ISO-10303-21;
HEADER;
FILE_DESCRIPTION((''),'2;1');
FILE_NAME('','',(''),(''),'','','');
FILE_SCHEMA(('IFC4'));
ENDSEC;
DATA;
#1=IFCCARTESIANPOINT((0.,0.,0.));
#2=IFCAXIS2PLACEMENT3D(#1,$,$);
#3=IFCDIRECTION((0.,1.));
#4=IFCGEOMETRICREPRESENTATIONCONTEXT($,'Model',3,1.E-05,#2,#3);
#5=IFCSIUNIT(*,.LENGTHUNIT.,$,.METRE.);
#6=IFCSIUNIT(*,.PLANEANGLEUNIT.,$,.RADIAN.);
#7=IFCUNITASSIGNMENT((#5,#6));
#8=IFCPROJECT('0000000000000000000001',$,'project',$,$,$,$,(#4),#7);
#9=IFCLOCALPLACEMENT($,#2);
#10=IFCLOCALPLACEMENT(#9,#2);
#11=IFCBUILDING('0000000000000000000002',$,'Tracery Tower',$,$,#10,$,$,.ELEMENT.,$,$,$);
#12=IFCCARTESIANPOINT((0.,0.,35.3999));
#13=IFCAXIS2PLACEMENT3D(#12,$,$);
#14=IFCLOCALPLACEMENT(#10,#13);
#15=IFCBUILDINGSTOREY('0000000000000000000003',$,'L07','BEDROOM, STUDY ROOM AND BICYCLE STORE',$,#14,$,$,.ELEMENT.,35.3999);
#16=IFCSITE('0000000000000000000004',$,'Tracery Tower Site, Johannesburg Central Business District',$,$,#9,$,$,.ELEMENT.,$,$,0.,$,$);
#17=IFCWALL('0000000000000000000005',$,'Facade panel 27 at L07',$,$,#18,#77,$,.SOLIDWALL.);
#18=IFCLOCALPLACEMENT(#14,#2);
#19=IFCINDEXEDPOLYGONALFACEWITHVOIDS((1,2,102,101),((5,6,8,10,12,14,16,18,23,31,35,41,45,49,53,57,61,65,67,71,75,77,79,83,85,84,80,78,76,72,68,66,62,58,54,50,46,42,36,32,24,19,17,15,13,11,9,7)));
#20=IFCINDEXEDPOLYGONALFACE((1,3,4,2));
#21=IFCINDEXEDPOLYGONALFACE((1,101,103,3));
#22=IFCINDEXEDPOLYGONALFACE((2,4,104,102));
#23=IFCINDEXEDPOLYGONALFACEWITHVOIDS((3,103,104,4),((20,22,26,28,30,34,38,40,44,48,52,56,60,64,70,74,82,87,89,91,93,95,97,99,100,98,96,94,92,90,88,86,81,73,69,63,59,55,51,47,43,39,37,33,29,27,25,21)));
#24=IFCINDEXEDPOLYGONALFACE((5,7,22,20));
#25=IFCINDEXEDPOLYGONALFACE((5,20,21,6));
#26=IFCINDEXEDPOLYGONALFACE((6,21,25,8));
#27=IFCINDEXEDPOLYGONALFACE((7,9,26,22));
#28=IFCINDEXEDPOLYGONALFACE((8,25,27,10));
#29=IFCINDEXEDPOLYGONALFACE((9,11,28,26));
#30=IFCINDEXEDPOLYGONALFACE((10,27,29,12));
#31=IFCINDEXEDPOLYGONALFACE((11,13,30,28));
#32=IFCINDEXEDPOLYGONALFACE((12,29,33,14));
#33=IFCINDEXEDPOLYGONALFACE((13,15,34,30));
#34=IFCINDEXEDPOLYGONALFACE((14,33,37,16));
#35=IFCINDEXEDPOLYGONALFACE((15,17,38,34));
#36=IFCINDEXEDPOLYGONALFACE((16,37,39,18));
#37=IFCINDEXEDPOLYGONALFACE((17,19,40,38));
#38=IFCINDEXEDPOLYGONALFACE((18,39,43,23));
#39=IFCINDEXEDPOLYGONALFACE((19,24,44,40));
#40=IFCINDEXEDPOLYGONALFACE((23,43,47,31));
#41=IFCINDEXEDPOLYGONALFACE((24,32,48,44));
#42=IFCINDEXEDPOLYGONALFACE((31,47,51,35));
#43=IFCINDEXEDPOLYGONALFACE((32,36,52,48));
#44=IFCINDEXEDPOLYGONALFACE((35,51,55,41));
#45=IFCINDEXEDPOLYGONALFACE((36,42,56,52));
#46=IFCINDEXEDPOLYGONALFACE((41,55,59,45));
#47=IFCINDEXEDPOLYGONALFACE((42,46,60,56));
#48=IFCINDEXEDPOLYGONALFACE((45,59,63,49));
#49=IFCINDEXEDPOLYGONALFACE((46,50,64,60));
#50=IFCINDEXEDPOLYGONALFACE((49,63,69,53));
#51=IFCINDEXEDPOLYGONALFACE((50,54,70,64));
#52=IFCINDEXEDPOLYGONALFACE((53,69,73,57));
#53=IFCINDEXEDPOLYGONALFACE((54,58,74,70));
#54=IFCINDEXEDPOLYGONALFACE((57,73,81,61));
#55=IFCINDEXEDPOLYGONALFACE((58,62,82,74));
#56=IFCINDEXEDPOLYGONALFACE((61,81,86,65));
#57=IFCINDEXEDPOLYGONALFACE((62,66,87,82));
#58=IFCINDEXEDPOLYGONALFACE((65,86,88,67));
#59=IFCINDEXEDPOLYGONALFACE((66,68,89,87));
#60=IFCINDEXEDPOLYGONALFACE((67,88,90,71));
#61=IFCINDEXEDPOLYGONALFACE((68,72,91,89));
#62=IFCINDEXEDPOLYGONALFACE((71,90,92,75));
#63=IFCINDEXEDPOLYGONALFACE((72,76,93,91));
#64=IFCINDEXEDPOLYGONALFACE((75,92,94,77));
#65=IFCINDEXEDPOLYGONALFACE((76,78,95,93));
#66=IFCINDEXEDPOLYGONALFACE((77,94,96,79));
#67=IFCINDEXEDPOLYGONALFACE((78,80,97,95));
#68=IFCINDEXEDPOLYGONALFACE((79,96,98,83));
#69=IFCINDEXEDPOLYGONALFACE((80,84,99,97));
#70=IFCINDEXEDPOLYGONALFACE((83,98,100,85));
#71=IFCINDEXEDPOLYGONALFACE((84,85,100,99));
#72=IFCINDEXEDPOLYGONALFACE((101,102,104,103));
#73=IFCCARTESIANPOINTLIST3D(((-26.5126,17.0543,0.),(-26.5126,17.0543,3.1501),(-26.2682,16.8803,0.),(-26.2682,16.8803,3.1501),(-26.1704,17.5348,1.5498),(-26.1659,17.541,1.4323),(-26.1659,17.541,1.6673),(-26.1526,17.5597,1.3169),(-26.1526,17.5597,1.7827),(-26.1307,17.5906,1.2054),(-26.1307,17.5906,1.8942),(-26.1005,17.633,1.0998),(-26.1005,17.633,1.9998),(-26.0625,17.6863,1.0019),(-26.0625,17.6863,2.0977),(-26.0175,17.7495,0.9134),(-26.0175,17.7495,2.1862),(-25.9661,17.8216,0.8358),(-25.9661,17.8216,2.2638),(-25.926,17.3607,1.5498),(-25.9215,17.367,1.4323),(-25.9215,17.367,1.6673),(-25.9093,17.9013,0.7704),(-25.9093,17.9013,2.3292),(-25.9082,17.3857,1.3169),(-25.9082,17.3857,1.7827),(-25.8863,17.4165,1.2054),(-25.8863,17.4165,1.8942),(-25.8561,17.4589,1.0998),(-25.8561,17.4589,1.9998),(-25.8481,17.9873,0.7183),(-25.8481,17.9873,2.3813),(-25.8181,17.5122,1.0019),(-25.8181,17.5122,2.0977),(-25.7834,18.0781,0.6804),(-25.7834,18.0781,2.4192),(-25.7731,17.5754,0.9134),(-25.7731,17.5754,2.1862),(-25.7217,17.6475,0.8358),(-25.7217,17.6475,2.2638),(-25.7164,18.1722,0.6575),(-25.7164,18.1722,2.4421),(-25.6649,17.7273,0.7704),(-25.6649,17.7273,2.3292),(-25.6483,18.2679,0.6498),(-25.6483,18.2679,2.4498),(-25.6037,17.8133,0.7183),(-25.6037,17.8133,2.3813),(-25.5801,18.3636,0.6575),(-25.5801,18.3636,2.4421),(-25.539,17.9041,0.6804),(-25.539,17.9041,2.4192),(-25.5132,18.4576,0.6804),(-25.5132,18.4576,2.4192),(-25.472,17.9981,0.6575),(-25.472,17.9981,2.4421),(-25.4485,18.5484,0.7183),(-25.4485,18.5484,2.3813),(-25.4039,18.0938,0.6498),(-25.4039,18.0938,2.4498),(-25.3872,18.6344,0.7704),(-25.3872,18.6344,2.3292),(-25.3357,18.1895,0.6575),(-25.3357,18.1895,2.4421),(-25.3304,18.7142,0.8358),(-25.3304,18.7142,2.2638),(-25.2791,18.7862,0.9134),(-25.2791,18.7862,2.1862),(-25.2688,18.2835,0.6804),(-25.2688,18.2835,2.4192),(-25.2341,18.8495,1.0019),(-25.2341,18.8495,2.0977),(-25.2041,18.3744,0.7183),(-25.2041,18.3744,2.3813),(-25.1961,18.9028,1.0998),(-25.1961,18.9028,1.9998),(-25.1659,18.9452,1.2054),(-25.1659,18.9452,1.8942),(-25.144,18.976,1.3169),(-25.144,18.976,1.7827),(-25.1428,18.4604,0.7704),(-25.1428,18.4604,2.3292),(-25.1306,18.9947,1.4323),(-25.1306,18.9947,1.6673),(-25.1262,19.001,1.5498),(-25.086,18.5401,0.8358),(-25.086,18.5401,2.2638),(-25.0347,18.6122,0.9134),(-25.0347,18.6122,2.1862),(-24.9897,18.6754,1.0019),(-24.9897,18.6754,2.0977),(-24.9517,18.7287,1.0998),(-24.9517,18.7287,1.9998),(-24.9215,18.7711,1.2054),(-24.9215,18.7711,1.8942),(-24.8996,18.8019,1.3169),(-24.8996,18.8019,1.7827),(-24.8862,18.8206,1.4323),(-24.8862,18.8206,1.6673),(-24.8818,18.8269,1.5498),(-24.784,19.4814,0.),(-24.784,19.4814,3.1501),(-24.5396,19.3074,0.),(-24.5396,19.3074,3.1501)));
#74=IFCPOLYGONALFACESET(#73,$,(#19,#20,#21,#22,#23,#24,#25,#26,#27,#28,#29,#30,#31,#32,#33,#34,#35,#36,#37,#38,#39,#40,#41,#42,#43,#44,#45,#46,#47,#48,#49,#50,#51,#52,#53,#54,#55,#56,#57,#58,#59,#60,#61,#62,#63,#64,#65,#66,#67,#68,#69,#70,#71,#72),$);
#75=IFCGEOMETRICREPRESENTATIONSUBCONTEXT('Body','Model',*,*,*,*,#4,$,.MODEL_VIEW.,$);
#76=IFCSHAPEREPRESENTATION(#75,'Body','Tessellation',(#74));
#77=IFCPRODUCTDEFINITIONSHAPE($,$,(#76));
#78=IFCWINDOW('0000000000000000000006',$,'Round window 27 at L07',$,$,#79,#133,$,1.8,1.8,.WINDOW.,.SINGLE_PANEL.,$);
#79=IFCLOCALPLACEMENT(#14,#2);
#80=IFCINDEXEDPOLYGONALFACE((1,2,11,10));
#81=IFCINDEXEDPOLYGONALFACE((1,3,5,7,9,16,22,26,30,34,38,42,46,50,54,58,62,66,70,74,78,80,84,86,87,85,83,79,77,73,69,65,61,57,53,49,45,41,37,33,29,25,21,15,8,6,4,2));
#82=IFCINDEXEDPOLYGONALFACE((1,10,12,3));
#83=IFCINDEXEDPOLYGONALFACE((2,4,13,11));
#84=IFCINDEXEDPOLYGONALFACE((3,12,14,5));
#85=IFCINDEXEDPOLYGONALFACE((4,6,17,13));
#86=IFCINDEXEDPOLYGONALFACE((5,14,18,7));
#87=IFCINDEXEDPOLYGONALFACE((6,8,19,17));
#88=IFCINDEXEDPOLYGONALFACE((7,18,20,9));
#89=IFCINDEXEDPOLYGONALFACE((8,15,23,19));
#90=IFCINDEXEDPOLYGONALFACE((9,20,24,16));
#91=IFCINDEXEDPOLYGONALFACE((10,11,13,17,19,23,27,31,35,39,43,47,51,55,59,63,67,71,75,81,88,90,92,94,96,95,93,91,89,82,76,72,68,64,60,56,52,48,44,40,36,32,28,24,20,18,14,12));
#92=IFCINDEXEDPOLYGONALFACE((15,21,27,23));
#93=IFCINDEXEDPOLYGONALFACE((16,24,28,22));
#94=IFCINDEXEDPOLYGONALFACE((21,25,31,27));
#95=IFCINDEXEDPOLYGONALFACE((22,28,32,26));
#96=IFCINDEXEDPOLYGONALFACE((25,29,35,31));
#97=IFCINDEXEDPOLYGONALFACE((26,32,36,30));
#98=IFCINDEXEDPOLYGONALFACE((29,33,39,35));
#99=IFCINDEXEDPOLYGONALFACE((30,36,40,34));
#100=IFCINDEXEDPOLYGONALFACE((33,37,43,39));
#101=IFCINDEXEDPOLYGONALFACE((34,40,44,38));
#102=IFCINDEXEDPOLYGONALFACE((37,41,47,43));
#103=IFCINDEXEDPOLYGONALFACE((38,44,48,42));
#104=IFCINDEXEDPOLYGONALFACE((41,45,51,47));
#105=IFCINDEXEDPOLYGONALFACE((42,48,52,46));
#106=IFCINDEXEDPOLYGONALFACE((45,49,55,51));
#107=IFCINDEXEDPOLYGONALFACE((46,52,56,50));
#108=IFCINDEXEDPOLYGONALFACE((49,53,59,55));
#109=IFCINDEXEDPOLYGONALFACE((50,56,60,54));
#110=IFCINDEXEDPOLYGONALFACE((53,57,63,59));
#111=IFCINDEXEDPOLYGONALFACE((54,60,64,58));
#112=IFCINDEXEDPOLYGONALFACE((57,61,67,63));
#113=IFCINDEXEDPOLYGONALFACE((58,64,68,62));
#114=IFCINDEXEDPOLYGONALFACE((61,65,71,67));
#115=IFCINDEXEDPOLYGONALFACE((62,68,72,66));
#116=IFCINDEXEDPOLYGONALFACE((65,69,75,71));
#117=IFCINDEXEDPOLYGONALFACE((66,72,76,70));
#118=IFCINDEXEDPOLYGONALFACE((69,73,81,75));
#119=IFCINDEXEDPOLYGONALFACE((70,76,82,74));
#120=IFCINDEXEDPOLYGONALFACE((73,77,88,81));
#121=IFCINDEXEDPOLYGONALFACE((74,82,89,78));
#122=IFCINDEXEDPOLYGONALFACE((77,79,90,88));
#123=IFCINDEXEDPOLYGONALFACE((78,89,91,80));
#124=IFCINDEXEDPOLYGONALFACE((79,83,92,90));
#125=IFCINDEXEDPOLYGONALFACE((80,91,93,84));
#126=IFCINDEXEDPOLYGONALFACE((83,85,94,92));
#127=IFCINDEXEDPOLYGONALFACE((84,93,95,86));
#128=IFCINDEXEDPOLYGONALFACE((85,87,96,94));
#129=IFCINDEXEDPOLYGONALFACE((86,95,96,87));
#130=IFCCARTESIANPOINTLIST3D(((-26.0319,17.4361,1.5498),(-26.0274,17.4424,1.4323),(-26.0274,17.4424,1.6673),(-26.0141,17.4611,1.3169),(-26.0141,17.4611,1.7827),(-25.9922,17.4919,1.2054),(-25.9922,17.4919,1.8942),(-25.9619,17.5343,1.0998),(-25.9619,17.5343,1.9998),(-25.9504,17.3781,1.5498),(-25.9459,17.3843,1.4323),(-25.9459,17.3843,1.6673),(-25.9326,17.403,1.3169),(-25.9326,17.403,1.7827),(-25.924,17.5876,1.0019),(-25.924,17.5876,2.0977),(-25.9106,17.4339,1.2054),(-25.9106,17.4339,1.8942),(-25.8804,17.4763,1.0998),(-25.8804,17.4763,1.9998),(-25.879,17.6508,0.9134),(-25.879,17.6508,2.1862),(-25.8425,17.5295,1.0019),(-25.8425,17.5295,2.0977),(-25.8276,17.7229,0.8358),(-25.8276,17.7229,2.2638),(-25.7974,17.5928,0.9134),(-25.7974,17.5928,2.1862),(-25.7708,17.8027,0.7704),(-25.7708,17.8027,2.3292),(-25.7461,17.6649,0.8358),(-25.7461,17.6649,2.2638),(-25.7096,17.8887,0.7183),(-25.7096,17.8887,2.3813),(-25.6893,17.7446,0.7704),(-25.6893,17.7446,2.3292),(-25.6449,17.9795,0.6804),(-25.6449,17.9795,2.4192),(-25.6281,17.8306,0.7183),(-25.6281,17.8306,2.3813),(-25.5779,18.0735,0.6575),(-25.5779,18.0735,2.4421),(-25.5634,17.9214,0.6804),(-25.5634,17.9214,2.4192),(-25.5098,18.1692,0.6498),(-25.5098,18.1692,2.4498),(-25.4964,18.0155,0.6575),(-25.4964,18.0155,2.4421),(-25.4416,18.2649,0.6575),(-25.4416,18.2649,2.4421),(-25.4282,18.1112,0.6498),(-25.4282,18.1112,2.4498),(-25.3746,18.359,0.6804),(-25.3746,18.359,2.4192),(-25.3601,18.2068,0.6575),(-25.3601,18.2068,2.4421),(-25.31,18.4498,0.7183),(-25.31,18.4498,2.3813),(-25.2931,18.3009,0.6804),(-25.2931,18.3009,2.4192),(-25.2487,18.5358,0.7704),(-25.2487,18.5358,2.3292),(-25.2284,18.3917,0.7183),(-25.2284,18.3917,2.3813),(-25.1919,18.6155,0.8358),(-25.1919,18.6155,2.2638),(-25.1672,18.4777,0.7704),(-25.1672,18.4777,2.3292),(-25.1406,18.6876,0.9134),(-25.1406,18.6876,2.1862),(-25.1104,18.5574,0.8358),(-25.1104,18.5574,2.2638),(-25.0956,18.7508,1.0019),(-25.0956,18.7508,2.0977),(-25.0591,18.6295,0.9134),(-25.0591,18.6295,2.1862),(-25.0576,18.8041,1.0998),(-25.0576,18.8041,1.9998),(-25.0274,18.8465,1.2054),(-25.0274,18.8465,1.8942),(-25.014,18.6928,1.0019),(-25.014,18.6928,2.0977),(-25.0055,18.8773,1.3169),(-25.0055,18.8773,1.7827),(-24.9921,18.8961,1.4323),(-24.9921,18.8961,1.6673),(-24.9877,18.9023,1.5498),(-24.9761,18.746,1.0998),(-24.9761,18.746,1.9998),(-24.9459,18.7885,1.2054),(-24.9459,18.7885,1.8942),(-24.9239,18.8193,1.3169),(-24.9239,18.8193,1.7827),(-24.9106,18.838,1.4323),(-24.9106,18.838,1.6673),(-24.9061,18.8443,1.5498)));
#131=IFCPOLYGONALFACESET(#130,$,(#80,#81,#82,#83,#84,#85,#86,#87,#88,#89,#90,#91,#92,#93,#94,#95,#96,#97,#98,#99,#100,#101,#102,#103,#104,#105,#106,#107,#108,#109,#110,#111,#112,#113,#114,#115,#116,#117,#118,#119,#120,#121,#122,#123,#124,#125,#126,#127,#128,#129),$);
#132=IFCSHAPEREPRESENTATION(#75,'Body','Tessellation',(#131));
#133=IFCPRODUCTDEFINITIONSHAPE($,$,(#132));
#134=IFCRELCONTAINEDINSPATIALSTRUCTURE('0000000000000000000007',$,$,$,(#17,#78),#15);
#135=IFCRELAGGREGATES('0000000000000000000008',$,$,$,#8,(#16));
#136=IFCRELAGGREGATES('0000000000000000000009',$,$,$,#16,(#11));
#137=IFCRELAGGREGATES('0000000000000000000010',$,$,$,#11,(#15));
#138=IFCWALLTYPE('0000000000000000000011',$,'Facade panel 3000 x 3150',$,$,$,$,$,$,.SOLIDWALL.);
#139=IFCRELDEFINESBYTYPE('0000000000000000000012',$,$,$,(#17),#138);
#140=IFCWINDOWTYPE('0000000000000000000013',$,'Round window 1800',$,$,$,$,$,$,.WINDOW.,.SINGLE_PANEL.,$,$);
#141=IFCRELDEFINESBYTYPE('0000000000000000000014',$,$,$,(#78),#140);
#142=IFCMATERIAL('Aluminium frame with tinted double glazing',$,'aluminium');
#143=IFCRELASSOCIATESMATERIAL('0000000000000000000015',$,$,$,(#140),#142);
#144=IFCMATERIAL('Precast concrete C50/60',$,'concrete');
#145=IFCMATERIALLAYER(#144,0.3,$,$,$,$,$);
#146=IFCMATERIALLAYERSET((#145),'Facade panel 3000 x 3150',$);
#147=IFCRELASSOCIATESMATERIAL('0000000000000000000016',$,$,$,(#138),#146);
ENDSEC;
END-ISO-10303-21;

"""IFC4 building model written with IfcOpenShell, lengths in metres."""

from ifc_helpers import new_model, si_unit, direction, frame, frame_2d, origin, origin_2d, place, context, subcontext, project, spatial, rectangle, circle, extrude, material, layer, layer_set, type_object, element, fill, save


model = new_model("IFC4")

# Units and contexts
model_context = context("Model", 3, precision=1e-05, world=origin(), true_north=direction((0.0, 1.0)))
body_context = subcontext(model_context, "Body", "Model", "MODEL_VIEW")
ifc_project = project(units=[si_unit("LENGTHUNIT", "METRE"), si_unit("PLANEANGLEUNIT", "RADIAN")], contexts=[model_context])

# Site, building, storey
site_placement = place(None, origin())
site = spatial("IfcSite", under=ifc_project, at=site_placement, Name="Tracery Tower Site, Johannesburg Central Business District", CompositionType="ELEMENT", RefElevation=0.0)
building_placement = place(site_placement, origin())
building = spatial("IfcBuilding", under=site, at=building_placement, Name="Tracery Tower", CompositionType="ELEMENT")
storey_placement = place(building_placement, frame((0.0, 0.0, 35.3999)))
storey = spatial("IfcBuildingStorey", under=building, at=storey_placement, Name="L07", Description="BEDROOM, STUDY ROOM AND BICYCLE STORE", CompositionType="ELEMENT", Elevation=35.3999)

# Wall, opening, window
ifc_material_1 = material(Name="Aluminium frame with tinted double glazing", Category="aluminium")
window_type = type_object("IfcWindowType", Name="Round window 1800", PartitioningType="SINGLE_PANEL", PredefinedType="WINDOW", material=ifc_material_1)
ifc_material_2 = material(Name="Precast concrete C50/60", Category="concrete")
ifc_layer_1 = layer(ifc_material_2, 0.3)
ifc_layer_set_1 = layer_set([ifc_layer_1], Name="Facade panel 3000 x 3150")
wall_type_1 = type_object("IfcWallType", Name="Facade panel 3000 x 3150", PredefinedType="SOLIDWALL", material=ifc_layer_set_1)
wall_1_placement = place(storey_placement, frame((-24.6619, 19.3943, 0.0), z_axis=(0.0, 0.0, 1.0), x_axis=(-0.580114, -0.814535, 0.0)))
wall_1 = element("IfcWall", 1, at=wall_1_placement, inside=storey, type_object=wall_type_1, Name="Facade panel 27 at L07", PredefinedType="SOLIDWALL", context=body_context, shape_type="SweptSolid", body=[
    extrude(rectangle(XDim=2.9797, YDim=0.3, at=frame_2d((1.4897, 0.0))), origin(), (0.0, 0.0, 1.0), 3.1501),
])
opening_1_placement = place(wall_1_placement, frame((1.4897, 0.0, 1.5498)))
opening_1 = element("IfcOpeningElement", 2, at=opening_1_placement, cuts=wall_1, PredefinedType="OPENING", context=body_context, shape_type="SweptSolid", body=[
    extrude(circle(Radius=0.9, at=origin_2d()), frame((0.0, 0.1599, 0.0), z_axis=(0.0, -1.0, 0.0), x_axis=(1.0, 0.0, 0.0)), (0.0, 0.0, 1.0), 0.3201),
])
window_1_placement = place(opening_1_placement, origin())
window_1 = element("IfcWindow", 3, at=window_1_placement, inside=storey, type_object=window_type, Name="Round window 27 at L07", OverallHeight=1.8, OverallWidth=1.8, PartitioningType="SINGLE_PANEL", PredefinedType="WINDOW", context=body_context, shape_type="SweptSolid", body=[
    extrude(circle(Radius=0.9, at=origin_2d()), frame((0.0, 0.1201, 0.0), z_axis=(0.0, -1.0, 0.0), x_axis=(1.0, 0.0, 0.0)), (0.0, 0.0, 1.0), 0.1001),
])
fill(opening_1, window_1)

save(model, "model.ifc")
